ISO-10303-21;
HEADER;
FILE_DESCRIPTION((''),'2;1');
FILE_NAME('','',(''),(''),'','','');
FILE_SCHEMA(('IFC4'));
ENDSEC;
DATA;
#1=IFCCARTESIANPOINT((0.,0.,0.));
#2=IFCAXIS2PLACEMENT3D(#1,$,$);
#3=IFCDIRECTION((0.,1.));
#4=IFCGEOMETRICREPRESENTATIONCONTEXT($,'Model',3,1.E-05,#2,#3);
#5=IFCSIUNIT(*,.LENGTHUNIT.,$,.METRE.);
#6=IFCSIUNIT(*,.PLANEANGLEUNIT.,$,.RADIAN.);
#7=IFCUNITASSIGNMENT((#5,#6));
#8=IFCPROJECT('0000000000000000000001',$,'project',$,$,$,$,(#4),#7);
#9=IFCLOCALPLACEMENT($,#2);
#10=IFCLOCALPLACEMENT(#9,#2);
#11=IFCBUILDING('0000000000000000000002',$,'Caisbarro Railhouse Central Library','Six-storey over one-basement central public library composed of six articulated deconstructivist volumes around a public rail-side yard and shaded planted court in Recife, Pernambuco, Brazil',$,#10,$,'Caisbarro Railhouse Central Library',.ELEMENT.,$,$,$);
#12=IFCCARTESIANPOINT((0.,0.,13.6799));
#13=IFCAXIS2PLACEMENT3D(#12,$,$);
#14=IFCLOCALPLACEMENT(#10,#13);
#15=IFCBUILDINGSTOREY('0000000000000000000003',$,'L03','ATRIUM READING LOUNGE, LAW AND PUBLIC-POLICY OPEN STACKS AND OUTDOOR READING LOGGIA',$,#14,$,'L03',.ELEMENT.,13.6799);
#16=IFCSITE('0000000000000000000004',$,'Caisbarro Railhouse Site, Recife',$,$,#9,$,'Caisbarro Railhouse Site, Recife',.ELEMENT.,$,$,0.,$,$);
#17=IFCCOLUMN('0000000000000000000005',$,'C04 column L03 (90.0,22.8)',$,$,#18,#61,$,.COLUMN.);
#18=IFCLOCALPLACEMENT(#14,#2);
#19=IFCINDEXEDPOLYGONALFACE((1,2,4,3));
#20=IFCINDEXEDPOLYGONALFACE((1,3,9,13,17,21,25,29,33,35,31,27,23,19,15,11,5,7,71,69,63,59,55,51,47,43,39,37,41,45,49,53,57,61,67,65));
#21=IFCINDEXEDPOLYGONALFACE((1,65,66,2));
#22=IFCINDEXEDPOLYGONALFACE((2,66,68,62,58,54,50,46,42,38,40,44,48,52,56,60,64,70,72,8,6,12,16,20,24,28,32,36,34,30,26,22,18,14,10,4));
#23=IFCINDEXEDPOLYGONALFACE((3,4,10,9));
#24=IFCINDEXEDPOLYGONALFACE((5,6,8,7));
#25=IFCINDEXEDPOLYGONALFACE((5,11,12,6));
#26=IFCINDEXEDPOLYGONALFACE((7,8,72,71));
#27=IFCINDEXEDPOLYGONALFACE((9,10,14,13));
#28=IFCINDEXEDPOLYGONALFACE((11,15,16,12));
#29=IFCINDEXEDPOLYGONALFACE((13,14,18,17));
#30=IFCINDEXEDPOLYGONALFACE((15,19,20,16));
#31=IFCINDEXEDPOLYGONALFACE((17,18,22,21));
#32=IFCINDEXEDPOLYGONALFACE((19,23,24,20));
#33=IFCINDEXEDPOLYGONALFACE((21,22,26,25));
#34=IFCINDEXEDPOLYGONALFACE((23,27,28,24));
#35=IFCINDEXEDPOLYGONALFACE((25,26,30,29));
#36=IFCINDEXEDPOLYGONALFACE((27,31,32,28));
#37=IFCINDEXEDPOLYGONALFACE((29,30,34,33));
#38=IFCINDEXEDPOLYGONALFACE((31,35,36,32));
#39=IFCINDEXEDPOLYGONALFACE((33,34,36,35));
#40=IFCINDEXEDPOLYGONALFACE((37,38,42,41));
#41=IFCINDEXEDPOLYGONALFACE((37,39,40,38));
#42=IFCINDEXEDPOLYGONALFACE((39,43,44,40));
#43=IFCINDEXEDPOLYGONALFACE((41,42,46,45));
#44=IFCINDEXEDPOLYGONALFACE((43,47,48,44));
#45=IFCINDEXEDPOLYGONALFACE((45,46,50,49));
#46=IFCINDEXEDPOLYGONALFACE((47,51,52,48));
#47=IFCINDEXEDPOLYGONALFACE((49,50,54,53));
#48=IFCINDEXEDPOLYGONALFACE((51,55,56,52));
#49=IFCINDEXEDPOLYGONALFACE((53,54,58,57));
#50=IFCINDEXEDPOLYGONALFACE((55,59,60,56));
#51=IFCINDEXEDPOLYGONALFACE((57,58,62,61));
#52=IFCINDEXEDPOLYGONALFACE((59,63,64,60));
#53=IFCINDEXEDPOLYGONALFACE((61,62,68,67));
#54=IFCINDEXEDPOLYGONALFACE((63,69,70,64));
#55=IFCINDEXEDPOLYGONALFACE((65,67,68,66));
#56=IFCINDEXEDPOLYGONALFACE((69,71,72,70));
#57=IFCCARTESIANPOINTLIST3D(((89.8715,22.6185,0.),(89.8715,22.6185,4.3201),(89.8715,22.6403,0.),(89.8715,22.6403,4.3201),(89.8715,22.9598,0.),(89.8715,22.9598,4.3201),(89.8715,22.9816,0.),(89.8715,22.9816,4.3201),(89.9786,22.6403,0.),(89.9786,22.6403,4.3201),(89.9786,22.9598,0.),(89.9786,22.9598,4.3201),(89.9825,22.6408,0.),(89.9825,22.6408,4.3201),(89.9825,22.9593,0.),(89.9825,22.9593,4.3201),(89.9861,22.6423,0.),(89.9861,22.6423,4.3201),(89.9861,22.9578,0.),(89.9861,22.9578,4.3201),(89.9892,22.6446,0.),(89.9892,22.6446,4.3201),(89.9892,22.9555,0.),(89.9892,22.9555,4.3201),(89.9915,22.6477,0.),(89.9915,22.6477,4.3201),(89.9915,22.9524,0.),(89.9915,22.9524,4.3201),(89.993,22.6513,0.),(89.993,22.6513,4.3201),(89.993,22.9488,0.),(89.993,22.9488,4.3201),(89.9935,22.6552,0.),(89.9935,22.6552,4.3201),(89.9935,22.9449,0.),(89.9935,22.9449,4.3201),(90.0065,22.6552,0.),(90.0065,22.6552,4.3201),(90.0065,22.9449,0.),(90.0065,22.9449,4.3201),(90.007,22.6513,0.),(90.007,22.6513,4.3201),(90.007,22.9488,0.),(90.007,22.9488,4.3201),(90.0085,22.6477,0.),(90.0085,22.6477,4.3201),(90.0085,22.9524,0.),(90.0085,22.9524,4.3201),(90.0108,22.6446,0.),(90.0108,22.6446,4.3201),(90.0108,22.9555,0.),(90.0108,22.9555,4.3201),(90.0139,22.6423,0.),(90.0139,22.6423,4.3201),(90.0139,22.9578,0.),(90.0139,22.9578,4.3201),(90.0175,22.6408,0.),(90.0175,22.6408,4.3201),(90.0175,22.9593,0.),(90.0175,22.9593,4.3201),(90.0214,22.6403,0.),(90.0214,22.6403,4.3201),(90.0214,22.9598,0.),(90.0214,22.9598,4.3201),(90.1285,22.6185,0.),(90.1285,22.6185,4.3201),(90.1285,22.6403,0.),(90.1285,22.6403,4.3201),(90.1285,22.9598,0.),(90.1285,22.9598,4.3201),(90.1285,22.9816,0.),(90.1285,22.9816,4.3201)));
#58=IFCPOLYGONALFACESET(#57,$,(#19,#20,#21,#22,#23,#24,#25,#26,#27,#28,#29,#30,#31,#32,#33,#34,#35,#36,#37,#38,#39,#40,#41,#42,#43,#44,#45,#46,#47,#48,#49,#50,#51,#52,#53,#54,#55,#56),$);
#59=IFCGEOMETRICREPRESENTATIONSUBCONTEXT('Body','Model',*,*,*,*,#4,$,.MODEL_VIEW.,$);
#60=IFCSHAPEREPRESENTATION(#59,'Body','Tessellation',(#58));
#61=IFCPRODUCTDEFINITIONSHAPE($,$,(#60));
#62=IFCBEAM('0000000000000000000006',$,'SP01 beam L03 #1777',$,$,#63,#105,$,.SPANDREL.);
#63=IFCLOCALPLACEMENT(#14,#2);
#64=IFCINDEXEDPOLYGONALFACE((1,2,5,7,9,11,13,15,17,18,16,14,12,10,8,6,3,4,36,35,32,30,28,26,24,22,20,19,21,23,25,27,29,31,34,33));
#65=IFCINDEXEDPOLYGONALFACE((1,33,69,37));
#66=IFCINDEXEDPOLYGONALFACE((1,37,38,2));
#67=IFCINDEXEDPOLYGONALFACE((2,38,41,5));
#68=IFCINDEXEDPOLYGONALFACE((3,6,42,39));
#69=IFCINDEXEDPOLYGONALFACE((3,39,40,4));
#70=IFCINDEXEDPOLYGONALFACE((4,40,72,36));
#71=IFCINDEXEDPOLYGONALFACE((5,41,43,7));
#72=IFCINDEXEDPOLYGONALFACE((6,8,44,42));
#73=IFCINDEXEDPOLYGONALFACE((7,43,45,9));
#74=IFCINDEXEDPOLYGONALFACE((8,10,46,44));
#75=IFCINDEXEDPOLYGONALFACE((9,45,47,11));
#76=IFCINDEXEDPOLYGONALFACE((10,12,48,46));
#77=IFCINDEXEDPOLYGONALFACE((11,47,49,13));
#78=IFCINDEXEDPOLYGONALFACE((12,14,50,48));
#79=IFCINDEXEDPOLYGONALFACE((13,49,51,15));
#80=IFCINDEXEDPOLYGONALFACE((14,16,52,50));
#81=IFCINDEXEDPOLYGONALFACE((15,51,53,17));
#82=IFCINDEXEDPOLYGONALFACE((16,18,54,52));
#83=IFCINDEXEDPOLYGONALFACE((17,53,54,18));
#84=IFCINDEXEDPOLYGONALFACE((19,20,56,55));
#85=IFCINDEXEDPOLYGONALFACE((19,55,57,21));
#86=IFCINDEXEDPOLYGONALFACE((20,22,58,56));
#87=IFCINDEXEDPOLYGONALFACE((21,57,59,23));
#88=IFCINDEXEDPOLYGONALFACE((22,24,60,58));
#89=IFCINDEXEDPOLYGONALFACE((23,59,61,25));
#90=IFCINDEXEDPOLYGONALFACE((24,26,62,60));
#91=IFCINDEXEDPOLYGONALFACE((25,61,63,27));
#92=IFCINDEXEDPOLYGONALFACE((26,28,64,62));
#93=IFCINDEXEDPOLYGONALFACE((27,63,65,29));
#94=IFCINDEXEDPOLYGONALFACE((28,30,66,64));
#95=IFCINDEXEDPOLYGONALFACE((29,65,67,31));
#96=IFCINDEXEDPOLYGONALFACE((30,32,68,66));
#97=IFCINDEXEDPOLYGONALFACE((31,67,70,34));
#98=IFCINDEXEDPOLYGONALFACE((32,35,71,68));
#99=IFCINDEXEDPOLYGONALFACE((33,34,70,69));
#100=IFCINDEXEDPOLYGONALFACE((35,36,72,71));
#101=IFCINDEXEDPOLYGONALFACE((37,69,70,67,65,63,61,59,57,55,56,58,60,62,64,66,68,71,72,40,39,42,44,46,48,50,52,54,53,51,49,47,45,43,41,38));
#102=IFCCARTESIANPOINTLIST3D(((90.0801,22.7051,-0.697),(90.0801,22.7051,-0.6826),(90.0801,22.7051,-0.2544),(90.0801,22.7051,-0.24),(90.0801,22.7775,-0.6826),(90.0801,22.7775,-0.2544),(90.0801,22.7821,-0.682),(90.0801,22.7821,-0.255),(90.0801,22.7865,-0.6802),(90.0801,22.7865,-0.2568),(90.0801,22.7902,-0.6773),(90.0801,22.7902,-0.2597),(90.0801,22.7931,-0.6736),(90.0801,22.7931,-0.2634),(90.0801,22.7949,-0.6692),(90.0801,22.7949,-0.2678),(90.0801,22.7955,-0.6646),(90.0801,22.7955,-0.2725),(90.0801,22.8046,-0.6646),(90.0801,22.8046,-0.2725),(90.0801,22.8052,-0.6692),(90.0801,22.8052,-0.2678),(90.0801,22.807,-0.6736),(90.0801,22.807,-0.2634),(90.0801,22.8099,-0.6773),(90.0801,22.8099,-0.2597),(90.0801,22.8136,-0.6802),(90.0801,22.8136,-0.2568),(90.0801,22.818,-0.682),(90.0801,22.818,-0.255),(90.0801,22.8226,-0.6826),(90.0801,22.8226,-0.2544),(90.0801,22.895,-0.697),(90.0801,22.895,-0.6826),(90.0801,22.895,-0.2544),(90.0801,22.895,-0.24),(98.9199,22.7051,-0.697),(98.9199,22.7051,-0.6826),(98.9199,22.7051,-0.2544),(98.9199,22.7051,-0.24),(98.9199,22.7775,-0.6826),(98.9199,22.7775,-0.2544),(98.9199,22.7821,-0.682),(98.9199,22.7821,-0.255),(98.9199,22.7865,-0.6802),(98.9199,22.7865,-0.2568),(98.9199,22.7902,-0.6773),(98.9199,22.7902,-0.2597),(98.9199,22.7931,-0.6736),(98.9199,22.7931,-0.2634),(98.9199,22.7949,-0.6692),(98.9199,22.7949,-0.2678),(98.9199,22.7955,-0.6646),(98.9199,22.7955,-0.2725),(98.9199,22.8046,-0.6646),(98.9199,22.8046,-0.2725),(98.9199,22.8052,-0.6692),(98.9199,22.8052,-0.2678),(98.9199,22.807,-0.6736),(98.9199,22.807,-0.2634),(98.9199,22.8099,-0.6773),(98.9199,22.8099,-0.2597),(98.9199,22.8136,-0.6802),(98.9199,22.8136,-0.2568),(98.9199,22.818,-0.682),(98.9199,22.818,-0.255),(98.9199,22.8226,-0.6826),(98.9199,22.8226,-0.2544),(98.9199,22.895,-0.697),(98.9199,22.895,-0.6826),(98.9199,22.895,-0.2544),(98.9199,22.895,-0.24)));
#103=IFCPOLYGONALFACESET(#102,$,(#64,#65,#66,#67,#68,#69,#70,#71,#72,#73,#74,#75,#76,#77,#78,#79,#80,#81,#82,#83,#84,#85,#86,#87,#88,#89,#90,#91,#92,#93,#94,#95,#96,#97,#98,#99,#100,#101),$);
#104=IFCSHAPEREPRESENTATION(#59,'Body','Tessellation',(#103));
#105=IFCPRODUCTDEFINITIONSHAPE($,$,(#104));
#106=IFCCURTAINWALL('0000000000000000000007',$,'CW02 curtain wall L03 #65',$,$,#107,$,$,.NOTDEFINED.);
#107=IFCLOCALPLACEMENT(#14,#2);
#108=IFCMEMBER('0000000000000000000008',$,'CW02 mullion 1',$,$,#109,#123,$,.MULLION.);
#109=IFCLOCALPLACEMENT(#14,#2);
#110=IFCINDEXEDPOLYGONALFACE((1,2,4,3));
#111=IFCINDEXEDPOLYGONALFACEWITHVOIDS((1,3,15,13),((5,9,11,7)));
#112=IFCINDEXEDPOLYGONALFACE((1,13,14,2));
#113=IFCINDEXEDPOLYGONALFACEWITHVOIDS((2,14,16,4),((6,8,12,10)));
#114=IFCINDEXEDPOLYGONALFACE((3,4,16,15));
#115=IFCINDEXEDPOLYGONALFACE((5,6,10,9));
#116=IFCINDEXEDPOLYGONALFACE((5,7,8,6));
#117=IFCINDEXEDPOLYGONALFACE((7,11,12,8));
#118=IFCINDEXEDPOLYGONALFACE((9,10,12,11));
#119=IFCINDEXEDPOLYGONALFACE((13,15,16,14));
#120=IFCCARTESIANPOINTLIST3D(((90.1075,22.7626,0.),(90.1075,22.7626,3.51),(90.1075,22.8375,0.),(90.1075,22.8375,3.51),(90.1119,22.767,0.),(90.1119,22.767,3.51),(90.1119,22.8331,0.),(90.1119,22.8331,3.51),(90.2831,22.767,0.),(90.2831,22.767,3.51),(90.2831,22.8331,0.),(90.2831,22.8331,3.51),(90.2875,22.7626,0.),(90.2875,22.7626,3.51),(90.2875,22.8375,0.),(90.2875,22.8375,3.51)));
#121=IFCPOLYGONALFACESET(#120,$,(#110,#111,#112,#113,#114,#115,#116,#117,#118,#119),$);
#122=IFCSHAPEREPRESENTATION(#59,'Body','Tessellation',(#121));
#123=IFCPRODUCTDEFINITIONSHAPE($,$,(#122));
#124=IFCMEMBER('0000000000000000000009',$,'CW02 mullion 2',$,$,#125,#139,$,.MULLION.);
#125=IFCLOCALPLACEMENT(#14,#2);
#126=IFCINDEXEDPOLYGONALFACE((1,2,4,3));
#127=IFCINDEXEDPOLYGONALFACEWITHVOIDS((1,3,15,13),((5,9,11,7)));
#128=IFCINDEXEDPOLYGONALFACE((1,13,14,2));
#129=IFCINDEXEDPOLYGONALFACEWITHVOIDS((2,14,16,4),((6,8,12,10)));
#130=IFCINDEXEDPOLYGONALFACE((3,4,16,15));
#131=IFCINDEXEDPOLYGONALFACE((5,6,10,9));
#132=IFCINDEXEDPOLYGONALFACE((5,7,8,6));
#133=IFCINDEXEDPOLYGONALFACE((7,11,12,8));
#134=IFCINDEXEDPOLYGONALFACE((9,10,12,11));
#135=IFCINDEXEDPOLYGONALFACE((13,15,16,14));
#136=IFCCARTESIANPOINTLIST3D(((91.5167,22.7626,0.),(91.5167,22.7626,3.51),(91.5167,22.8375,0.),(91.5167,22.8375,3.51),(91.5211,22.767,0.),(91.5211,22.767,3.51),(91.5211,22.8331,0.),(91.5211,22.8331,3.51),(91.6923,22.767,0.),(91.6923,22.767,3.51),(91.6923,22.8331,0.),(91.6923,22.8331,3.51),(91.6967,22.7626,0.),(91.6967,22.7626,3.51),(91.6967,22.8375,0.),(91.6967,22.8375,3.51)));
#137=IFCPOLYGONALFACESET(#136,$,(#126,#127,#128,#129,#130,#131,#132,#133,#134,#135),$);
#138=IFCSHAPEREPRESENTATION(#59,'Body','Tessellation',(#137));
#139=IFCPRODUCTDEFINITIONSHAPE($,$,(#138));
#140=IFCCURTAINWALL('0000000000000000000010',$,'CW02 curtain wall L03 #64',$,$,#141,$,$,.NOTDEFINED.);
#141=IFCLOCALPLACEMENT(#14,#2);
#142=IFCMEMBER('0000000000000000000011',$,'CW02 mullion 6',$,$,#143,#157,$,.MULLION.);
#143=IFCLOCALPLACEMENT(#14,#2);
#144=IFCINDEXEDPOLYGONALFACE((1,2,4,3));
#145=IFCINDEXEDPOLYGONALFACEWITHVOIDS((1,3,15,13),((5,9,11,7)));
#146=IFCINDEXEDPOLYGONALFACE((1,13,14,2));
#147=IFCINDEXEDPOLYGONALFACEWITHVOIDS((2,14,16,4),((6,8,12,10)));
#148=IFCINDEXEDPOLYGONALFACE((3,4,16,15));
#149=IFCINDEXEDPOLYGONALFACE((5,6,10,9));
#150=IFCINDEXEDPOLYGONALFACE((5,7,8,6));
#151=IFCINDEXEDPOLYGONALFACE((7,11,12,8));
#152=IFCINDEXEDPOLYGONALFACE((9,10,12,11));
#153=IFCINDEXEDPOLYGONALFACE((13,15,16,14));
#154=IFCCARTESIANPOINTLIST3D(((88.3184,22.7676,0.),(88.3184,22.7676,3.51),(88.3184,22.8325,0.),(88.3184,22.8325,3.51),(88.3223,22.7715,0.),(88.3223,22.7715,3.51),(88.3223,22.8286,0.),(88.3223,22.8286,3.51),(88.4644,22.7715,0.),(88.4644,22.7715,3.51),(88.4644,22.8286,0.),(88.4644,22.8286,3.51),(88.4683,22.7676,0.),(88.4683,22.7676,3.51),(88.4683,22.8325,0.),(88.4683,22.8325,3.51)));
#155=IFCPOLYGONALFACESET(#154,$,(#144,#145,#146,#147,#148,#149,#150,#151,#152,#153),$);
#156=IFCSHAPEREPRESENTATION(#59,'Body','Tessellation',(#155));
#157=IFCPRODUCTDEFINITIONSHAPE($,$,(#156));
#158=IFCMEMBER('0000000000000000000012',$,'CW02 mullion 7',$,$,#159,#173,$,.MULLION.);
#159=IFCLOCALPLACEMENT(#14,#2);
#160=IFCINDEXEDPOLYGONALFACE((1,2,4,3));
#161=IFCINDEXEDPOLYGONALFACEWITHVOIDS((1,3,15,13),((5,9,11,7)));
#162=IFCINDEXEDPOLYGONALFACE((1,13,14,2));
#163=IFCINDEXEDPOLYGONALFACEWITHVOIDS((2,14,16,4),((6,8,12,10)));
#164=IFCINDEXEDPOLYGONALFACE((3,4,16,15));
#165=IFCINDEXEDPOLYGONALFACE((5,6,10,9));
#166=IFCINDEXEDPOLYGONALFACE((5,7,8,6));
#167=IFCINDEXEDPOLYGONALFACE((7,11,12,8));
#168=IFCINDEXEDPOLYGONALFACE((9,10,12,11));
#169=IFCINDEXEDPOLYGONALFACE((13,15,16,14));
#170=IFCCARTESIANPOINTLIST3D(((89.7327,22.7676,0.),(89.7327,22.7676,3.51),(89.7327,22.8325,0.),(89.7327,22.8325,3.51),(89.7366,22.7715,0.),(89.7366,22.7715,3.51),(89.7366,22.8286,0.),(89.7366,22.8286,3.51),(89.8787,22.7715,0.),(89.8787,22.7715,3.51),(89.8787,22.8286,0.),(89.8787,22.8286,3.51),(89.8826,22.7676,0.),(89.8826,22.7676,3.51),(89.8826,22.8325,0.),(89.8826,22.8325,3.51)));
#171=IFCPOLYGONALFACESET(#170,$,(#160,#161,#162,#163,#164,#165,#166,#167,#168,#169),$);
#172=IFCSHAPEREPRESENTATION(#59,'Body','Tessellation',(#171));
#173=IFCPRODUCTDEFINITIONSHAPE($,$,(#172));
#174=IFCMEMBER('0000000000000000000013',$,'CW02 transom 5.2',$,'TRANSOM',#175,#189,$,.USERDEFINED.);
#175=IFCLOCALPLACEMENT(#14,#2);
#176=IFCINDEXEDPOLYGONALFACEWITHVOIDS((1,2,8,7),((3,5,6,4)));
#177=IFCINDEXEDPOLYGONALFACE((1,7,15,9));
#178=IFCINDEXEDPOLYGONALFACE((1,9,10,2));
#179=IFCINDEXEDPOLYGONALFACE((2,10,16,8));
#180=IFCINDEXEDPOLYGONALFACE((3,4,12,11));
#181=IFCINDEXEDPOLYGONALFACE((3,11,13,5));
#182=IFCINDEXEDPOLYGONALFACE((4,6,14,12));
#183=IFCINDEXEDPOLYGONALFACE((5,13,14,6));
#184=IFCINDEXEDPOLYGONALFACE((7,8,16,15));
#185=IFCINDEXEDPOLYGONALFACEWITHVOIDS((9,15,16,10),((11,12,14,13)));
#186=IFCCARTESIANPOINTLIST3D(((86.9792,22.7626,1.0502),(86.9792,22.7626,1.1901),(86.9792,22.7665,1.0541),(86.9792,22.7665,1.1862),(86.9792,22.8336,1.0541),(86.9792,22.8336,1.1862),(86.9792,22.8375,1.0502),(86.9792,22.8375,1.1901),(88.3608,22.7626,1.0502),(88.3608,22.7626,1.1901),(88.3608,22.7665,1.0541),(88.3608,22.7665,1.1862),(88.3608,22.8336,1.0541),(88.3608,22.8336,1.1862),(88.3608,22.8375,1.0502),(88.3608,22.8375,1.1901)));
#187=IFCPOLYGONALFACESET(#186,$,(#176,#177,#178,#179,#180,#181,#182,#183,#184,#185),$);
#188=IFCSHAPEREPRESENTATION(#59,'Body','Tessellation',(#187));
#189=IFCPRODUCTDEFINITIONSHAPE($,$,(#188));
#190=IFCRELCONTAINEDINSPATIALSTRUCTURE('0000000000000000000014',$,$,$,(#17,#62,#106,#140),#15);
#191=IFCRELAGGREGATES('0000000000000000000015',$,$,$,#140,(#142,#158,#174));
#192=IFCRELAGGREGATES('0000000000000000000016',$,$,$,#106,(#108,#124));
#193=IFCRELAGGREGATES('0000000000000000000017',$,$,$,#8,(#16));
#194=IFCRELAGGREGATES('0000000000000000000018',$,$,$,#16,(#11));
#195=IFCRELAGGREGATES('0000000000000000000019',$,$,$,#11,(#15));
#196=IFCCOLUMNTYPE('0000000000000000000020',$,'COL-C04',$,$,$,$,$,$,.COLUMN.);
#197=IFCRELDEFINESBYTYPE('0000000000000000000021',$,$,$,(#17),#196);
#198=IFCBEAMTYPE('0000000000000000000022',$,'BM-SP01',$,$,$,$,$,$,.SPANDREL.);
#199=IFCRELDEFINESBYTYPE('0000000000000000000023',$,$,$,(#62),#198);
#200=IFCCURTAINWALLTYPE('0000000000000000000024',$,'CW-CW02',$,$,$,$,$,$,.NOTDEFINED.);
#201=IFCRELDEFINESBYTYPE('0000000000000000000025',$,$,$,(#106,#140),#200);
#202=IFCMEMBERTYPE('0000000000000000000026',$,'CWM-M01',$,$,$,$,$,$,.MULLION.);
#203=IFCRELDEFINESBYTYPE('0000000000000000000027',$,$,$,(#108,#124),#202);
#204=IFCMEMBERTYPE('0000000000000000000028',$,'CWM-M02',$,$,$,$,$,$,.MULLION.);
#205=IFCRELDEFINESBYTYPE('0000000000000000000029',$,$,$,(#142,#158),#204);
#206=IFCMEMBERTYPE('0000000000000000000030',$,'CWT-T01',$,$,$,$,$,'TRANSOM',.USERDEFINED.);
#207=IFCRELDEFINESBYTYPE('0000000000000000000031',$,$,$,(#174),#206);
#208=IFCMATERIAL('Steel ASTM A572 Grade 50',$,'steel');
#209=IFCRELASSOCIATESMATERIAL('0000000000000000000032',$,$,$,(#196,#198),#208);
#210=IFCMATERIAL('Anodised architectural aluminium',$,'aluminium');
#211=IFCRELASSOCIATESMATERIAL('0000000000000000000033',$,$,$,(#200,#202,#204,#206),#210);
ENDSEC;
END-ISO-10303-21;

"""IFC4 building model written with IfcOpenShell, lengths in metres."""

from ifc_helpers import new_model, si_unit, direction, frame, origin, origin_2d, place, context, subcontext, project, spatial, hollow_rectangle, i_section, extrude, material, material_profile, profile_set, type_object, element, aggregate, save


model = new_model("IFC4")

# Units and contexts
model_context = context("Model", 3, precision=1e-05, world=origin(), true_north=direction((0.0, 1.0)))
body_context = subcontext(model_context, "Body", "Model", "MODEL_VIEW")
ifc_project = project(units=[si_unit("LENGTHUNIT", "METRE"), si_unit("PLANEANGLEUNIT", "RADIAN")], contexts=[model_context])

# Site, building, storey
site_placement = place(None, origin())
site = spatial("IfcSite", under=ifc_project, at=site_placement, Name="Caisbarro Railhouse Site, Recife", LongName="Caisbarro Railhouse Site, Recife", CompositionType="ELEMENT", RefElevation=0.0)
building_placement = place(site_placement, origin())
building = spatial("IfcBuilding", under=site, at=building_placement, Name="Caisbarro Railhouse Central Library", Description="Six-storey over one-basement central public library composed of six articulated deconstructivist volumes around a public rail-side yard and shaded planted court in Recife, Pernambuco, Brazil", LongName="Caisbarro Railhouse Central Library", CompositionType="ELEMENT")
storey_placement = place(building_placement, frame((0.0, 0.0, 13.6799)))
storey = spatial("IfcBuildingStorey", under=building, at=storey_placement, Name="L03", Description="ATRIUM READING LOUNGE, LAW AND PUBLIC-POLICY OPEN STACKS AND OUTDOOR READING LOGGIA", LongName="L03", CompositionType="ELEMENT", Elevation=13.6799)

# Column
ifc_material_1 = material(Name="Steel ASTM A572 Grade 50", Category="steel")
ifc_material_profile_1 = material_profile(ifc_material_1, i_section(OverallWidth=0.2571, OverallDepth=0.363, WebThickness=0.0129, FlangeThickness=0.0217, FilletRadius=0.0149, at=origin_2d()), Name="W360X122.0")
ifc_profile_set_1 = profile_set([ifc_material_profile_1], Name="Steel ASTM A572 Grade 50")
column_type = type_object("IfcColumnType", Name="COL-C04", PredefinedType="COLUMN", material=ifc_profile_set_1)
column_placement = place(storey_placement, frame((90.0, 22.8, 0.0), z_axis=(0.0, 0.0, 1.0), x_axis=(1.0, 0.0, 0.0)))
element("IfcColumn", 1, at=column_placement, inside=storey, type_object=column_type, Name="C04 column L03 (90.0,22.8)", PredefinedType="COLUMN", context=body_context, shape_type="SweptSolid", body=[
    extrude(i_section(OverallWidth=0.2571, OverallDepth=0.363, WebThickness=0.0129, FlangeThickness=0.0217, FilletRadius=0.0149, at=origin_2d()), origin(), (0.0, 0.0, 1.0), 4.3201),
])

# Beam
ifc_material_profile_2 = material_profile(ifc_material_1, i_section(OverallWidth=0.1899, OverallDepth=0.457, WebThickness=0.009, FlangeThickness=0.0144, FilletRadius=0.0181, at=origin_2d()), Name="W460X74.0")
ifc_profile_set_2 = profile_set([ifc_material_profile_2], Name="Steel ASTM A572 Grade 50")
beam_type = type_object("IfcBeamType", Name="BM-SP01", PredefinedType="SPANDREL", material=ifc_profile_set_2)
beam_placement = place(storey_placement, frame((90.0801, 22.8, -0.4685), z_axis=(1.0, 0.0, 0.0), x_axis=(0.0, 1.0, 0.0)))
element("IfcBeam", 2, at=beam_placement, inside=storey, type_object=beam_type, Name="SP01 beam L03 #1777", PredefinedType="SPANDREL", context=body_context, shape_type="SweptSolid", body=[
    extrude(i_section(OverallWidth=0.1899, OverallDepth=0.457, WebThickness=0.009, FlangeThickness=0.0144, FilletRadius=0.0181, at=origin_2d()), origin(), (0.0, 0.0, 1.0), 8.8398),
])

# Curtain walls, members
ifc_material_2 = material(Name="Anodised architectural aluminium", Category="aluminium")
curtain_wall_type = type_object("IfcCurtainWallType", Name="CW-CW02", PredefinedType="NOTDEFINED", material=ifc_material_2)
curtain_wall_1_placement = place(storey_placement, origin())
curtain_wall_1 = element("IfcCurtainWall", 3, at=curtain_wall_1_placement, inside=storey, type_object=curtain_wall_type, Name="CW02 curtain wall L03 #65", PredefinedType="NOTDEFINED")
ifc_material_profile_3 = material_profile(ifc_material_2, hollow_rectangle(XDim=0.075, YDim=0.1799, WallThickness=0.0044, at=origin_2d()), Name="ALU-MUL-75X180")
ifc_profile_set_3 = profile_set([ifc_material_profile_3], Name="Anodised architectural aluminium")
member_type_1 = type_object("IfcMemberType", Name="CWM-M01", PredefinedType="MULLION", material=ifc_profile_set_3)
member_1_placement = place(storey_placement, frame((90.1975, 22.8, 0.0), z_axis=(0.0, 0.0, 1.0), x_axis=(0.0, 1.0, 0.0)))
member_1 = element("IfcMember", 4, at=member_1_placement, type_object=member_type_1, Name="CW02 mullion 1", PredefinedType="MULLION", context=body_context, shape_type="SweptSolid", body=[
    extrude(hollow_rectangle(XDim=0.075, YDim=0.1799, WallThickness=0.0044, at=origin_2d()), origin(), (0.0, 0.0, 1.0), 3.51),
])
member_2_placement = place(storey_placement, frame((91.6067, 22.8, 0.0), z_axis=(0.0, 0.0, 1.0), x_axis=(0.0, 1.0, 0.0)))
member_2 = element("IfcMember", 5, at=member_2_placement, type_object=member_type_1, Name="CW02 mullion 2", PredefinedType="MULLION", context=body_context, shape_type="SweptSolid", body=[
    extrude(hollow_rectangle(XDim=0.075, YDim=0.1799, WallThickness=0.0044, at=origin_2d()), origin(), (0.0, 0.0, 1.0), 3.51),
])
curtain_wall_2_placement = place(storey_placement, origin())
curtain_wall_2 = element("IfcCurtainWall", 6, at=curtain_wall_2_placement, inside=storey, type_object=curtain_wall_type, Name="CW02 curtain wall L03 #64", PredefinedType="NOTDEFINED")
ifc_material_profile_4 = material_profile(ifc_material_2, hollow_rectangle(XDim=0.0649, YDim=0.1499, WallThickness=0.0039, at=origin_2d()), Name="ALU-MUL-65X150")
ifc_profile_set_4 = profile_set([ifc_material_profile_4], Name="Anodised architectural aluminium")
member_type_2 = type_object("IfcMemberType", Name="CWM-M02", PredefinedType="MULLION", material=ifc_profile_set_4)
member_3_placement = place(storey_placement, frame((88.3933, 22.8, 0.0), z_axis=(0.0, 0.0, 1.0), x_axis=(0.0, 1.0, 0.0)))
member_3 = element("IfcMember", 7, at=member_3_placement, type_object=member_type_2, Name="CW02 mullion 6", PredefinedType="MULLION", context=body_context, shape_type="SweptSolid", body=[
    extrude(hollow_rectangle(XDim=0.0649, YDim=0.1499, WallThickness=0.0039, at=origin_2d()), origin(), (0.0, 0.0, 1.0), 3.51),
])
member_4_placement = place(storey_placement, frame((89.8076, 22.8, 0.0), z_axis=(0.0, 0.0, 1.0), x_axis=(0.0, 1.0, 0.0)))
member_4 = element("IfcMember", 8, at=member_4_placement, type_object=member_type_2, Name="CW02 mullion 7", PredefinedType="MULLION", context=body_context, shape_type="SweptSolid", body=[
    extrude(hollow_rectangle(XDim=0.0649, YDim=0.1499, WallThickness=0.0039, at=origin_2d()), origin(), (0.0, 0.0, 1.0), 3.51),
])
ifc_material_profile_5 = material_profile(ifc_material_2, hollow_rectangle(XDim=0.075, YDim=0.1399, WallThickness=0.0039, at=origin_2d()), Name="ALU-TRN-75X140")
ifc_profile_set_5 = profile_set([ifc_material_profile_5], Name="Anodised architectural aluminium")
member_type_3 = type_object("IfcMemberType", Name="CWT-T01", ElementType="TRANSOM", PredefinedType="USERDEFINED", material=ifc_profile_set_5)
member_5_placement = place(storey_placement, frame((86.9792, 22.8, 1.1201), z_axis=(1.0, 0.0, 0.0), x_axis=(0.0, 1.0, 0.0)))
member_5 = element("IfcMember", 9, at=member_5_placement, type_object=member_type_3, Name="CW02 transom 5.2", ObjectType="TRANSOM", PredefinedType="USERDEFINED", context=body_context, shape_type="SweptSolid", body=[
    extrude(hollow_rectangle(XDim=0.075, YDim=0.1399, WallThickness=0.0039, at=origin_2d()), origin(), (0.0, 0.0, 1.0), 1.3816),
])

aggregate(curtain_wall_2, [member_3, member_4, member_5])
aggregate(curtain_wall_1, [member_1, member_2])

save(model, "model.ifc")
